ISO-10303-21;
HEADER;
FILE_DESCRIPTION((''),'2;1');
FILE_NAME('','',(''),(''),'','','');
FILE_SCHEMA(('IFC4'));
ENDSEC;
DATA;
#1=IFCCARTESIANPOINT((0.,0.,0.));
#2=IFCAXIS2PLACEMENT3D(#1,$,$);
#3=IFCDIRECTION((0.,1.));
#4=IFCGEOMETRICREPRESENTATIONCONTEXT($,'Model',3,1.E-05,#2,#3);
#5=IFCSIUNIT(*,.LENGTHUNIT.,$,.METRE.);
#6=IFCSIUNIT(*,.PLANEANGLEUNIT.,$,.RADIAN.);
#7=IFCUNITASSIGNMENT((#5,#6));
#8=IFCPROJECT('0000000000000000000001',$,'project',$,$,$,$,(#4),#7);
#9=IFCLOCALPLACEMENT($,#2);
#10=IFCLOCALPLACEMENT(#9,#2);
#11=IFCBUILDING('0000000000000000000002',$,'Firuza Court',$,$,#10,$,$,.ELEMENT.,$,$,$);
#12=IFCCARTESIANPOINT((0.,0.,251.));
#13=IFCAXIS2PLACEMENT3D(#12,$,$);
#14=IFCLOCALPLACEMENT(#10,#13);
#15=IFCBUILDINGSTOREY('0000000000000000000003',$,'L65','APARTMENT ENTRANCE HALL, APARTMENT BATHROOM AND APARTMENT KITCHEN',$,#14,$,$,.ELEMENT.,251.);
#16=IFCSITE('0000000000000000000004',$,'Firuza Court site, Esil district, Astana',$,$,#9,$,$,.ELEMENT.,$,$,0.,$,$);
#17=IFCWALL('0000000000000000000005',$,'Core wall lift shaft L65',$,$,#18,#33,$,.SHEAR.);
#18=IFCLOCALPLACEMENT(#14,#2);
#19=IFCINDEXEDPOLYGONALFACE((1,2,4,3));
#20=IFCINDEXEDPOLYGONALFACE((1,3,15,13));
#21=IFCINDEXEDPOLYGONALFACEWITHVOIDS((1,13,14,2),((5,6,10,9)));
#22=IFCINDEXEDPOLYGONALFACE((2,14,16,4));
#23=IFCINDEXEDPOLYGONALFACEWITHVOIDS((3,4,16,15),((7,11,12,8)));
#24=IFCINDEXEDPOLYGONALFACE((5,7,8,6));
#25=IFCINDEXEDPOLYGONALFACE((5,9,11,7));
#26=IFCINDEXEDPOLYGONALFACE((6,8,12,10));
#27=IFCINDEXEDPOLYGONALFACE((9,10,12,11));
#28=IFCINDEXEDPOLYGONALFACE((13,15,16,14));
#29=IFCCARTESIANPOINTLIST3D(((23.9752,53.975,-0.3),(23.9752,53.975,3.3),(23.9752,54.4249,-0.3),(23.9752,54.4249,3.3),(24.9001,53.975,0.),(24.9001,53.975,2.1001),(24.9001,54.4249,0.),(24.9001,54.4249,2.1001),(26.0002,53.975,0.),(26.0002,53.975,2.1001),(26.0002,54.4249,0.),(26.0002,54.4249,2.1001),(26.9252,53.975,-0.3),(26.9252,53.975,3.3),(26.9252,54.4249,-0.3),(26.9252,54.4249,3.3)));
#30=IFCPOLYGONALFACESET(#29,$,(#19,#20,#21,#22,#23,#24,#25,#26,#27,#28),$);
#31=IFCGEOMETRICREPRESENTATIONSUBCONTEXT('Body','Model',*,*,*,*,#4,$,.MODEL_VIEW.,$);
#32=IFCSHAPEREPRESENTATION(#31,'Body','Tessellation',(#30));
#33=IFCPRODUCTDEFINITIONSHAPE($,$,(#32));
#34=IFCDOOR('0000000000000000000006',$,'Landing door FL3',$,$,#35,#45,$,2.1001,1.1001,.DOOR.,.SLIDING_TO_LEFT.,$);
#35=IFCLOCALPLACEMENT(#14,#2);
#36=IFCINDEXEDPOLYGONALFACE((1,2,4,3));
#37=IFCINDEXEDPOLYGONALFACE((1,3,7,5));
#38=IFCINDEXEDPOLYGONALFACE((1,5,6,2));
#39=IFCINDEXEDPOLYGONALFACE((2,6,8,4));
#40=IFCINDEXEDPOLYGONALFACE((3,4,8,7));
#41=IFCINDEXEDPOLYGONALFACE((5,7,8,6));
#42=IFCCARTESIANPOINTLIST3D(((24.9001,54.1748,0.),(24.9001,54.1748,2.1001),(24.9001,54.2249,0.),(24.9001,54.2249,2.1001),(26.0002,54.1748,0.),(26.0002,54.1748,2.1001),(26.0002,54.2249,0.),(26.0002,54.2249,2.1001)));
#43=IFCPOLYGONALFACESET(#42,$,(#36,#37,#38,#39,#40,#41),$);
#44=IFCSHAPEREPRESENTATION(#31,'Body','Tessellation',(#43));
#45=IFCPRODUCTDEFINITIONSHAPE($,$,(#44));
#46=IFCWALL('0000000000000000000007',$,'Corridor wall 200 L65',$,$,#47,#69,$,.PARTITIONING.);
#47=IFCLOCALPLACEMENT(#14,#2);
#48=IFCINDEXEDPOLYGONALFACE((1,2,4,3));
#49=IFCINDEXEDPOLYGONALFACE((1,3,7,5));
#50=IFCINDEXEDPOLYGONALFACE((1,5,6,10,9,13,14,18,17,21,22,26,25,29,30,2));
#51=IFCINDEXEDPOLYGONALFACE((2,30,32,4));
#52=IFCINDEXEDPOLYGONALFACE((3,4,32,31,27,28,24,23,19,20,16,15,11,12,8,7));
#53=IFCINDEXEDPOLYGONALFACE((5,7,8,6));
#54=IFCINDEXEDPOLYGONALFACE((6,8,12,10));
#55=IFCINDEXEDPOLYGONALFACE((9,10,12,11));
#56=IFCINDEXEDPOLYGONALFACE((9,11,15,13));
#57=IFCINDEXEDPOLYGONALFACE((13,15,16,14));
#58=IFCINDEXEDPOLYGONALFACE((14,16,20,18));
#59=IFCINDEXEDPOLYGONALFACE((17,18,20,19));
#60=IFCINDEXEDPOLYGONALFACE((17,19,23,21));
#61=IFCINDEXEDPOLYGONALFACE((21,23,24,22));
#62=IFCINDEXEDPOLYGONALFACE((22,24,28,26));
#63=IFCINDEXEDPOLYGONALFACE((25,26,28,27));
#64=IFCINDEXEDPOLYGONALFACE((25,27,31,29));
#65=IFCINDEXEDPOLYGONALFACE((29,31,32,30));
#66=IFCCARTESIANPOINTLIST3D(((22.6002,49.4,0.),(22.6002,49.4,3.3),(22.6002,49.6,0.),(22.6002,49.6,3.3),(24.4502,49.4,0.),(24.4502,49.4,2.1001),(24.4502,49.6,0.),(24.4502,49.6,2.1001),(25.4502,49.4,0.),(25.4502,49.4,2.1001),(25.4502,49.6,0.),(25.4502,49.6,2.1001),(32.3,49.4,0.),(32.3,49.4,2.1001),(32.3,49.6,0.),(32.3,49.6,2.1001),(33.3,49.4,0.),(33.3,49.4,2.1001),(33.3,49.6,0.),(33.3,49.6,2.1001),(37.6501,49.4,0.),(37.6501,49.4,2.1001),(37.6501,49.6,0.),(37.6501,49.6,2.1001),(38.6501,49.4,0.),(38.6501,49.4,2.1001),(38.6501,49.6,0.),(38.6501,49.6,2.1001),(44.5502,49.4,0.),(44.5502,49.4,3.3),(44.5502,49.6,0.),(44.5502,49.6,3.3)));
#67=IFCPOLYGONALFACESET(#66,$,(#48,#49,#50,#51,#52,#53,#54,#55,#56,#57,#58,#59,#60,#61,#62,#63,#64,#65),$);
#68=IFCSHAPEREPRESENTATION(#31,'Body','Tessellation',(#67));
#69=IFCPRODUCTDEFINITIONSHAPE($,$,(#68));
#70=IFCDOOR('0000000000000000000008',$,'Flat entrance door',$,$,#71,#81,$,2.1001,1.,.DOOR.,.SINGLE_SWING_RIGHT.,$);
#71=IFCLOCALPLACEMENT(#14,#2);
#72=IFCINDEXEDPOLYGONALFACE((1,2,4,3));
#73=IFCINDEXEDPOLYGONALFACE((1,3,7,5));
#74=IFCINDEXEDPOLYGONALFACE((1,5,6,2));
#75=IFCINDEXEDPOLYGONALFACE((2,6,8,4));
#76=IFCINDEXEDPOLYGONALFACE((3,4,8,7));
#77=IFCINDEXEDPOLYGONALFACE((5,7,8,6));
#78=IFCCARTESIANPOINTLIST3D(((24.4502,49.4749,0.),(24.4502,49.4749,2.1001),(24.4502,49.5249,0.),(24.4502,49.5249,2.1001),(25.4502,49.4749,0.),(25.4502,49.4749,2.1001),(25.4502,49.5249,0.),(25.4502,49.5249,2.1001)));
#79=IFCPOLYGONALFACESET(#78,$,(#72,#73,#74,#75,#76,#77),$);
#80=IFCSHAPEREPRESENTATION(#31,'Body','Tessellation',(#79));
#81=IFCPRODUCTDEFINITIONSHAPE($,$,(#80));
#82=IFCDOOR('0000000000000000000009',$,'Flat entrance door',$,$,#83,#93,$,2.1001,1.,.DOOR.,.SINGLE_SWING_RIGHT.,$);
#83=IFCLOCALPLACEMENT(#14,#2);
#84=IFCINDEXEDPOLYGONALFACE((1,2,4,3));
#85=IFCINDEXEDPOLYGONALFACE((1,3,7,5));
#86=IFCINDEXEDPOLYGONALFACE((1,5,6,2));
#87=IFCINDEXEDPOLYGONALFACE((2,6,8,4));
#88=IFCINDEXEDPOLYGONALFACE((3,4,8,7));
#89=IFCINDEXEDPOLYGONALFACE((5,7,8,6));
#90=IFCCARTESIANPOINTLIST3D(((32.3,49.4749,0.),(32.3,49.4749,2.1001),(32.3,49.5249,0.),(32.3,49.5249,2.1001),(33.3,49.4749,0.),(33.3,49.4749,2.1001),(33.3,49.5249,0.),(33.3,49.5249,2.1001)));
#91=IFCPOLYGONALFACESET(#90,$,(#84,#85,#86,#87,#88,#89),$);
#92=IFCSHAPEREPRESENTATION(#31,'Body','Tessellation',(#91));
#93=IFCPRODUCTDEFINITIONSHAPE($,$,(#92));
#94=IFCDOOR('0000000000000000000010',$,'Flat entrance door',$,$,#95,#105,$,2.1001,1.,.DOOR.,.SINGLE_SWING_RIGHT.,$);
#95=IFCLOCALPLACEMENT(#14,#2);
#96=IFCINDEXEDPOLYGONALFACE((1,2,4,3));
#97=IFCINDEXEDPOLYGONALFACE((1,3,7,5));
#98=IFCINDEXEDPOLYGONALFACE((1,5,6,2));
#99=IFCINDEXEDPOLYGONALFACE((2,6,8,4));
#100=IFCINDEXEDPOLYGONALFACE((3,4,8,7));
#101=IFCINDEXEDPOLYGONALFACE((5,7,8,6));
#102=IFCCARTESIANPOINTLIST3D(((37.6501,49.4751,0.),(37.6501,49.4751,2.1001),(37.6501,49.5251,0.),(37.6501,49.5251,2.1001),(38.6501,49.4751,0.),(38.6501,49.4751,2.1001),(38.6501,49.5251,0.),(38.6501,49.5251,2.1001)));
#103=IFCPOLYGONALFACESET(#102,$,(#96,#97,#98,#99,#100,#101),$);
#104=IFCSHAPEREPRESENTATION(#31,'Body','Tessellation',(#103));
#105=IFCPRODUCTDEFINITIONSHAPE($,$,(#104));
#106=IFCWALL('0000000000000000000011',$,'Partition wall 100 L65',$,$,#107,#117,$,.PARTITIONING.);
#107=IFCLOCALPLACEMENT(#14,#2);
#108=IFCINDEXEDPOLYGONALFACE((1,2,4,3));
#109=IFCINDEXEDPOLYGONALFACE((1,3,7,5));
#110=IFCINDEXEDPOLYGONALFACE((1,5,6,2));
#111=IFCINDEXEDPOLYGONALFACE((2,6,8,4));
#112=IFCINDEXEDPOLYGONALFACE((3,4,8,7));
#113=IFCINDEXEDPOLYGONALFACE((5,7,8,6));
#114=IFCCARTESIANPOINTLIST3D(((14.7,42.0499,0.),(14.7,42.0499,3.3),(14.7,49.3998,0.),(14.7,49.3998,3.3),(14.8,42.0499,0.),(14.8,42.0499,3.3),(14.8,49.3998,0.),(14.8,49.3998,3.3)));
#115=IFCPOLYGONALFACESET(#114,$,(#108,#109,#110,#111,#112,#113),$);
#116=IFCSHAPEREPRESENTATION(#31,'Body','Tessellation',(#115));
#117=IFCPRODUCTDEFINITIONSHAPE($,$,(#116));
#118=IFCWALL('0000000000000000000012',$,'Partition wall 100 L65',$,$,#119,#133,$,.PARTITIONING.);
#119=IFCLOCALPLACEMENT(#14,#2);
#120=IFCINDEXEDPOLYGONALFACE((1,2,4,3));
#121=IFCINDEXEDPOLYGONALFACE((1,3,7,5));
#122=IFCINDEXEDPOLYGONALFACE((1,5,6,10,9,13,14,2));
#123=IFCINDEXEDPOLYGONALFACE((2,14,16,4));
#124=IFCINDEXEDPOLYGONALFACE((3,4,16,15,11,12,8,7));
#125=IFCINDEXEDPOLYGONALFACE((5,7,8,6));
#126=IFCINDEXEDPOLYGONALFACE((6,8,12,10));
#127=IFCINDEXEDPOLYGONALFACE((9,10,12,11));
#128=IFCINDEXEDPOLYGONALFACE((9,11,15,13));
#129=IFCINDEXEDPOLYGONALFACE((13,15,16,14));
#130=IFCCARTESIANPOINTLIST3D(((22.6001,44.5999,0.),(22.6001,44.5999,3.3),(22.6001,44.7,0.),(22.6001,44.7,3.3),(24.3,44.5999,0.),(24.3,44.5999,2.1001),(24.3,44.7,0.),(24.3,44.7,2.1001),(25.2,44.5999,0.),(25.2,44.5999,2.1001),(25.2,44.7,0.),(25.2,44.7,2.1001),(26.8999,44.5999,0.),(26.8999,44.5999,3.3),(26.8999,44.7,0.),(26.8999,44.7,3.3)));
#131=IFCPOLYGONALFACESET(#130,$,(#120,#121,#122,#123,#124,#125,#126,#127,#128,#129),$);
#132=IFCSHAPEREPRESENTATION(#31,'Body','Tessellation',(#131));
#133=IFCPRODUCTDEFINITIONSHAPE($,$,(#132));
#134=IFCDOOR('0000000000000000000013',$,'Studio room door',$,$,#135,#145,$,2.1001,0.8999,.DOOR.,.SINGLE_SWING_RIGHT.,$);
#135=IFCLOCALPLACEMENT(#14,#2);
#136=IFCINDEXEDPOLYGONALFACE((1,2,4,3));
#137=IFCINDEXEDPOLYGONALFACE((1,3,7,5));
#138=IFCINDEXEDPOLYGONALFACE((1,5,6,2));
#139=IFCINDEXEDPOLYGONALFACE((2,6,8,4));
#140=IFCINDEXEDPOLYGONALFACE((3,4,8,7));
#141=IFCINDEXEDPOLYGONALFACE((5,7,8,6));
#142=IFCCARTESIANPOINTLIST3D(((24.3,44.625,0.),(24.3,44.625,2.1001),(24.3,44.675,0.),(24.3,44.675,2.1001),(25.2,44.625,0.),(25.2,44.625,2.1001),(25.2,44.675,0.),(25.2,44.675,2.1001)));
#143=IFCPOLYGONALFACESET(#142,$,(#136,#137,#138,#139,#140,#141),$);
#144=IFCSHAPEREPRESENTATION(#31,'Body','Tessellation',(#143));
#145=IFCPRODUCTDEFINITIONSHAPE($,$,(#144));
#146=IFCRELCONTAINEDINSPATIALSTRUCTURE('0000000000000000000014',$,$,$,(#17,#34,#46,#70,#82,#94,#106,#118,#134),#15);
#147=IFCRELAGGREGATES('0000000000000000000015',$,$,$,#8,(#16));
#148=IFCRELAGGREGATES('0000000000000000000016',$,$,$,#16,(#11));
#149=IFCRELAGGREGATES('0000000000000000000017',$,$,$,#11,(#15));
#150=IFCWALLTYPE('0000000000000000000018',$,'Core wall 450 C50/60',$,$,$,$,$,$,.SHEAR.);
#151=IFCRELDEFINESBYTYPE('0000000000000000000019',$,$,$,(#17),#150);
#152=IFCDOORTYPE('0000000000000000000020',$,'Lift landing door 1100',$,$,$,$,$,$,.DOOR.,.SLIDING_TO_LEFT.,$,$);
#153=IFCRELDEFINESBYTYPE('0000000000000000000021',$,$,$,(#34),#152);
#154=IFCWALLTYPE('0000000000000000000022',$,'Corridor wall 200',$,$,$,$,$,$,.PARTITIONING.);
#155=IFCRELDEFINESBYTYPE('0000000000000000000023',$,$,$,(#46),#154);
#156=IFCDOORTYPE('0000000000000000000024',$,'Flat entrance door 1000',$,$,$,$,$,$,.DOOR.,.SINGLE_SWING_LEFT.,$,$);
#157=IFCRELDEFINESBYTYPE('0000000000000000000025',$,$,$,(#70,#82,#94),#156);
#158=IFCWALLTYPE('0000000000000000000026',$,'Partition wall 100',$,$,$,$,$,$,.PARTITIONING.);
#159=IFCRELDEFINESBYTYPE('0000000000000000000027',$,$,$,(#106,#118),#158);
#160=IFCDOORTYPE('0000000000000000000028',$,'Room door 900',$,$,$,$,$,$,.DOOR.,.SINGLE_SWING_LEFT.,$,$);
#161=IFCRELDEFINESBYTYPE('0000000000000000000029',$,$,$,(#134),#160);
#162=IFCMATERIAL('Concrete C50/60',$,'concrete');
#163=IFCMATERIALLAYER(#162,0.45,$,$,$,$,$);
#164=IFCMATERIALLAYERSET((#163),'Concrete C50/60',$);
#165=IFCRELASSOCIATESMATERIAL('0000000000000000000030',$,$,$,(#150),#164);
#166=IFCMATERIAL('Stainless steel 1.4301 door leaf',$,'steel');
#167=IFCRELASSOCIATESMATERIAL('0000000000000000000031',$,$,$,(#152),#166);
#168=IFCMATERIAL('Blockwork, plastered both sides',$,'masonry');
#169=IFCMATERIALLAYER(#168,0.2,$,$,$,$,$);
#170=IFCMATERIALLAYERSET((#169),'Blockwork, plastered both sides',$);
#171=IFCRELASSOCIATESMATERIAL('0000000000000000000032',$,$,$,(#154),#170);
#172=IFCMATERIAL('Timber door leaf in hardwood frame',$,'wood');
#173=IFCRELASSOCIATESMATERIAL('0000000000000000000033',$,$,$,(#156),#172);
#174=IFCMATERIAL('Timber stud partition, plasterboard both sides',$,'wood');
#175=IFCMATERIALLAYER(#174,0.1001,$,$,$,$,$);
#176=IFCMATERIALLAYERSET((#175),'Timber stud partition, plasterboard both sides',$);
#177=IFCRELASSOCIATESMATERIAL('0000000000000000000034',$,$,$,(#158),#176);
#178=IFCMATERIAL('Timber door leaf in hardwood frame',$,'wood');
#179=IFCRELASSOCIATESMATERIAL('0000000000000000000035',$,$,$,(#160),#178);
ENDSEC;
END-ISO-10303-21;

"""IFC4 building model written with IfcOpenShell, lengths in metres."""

from ifc_helpers import new_model, si_unit, direction, frame, frame_2d, origin, place, context, subcontext, project, spatial, rectangle, extrude, material, layer, layer_set, type_object, element, fill, save


model = new_model("IFC4")

# Units and contexts
model_context = context("Model", 3, precision=1e-05, world=origin(), true_north=direction((0.0, 1.0)))
body_context = subcontext(model_context, "Body", "Model", "MODEL_VIEW")
ifc_project = project(units=[si_unit("LENGTHUNIT", "METRE"), si_unit("PLANEANGLEUNIT", "RADIAN")], contexts=[model_context])

# Site, building, storey
site_placement = place(None, origin())
site = spatial("IfcSite", under=ifc_project, at=site_placement, Name="Firuza Court site, Esil district, Astana", CompositionType="ELEMENT", RefElevation=0.0)
building_placement = place(site_placement, origin())
building = spatial("IfcBuilding", under=site, at=building_placement, Name="Firuza Court", CompositionType="ELEMENT")
storey_placement = place(building_placement, frame((0.0, 0.0, 251.0)))
storey = spatial("IfcBuildingStorey", under=building, at=storey_placement, Name="L65", Description="APARTMENT ENTRANCE HALL, APARTMENT BATHROOM AND APARTMENT KITCHEN", CompositionType="ELEMENT", Elevation=251.0)

# Wall, opening, door
ifc_material_1 = material(Name="Concrete C50/60", Category="concrete")
ifc_layer_1 = layer(ifc_material_1, 0.45)
ifc_layer_set_1 = layer_set([ifc_layer_1], Name="Concrete C50/60")
wall_type_1 = type_object("IfcWallType", Name="Core wall 450 C50/60", PredefinedType="SHEAR", material=ifc_layer_set_1)
wall_1_placement = place(storey_placement, frame((23.9751, 54.2, -0.3), z_axis=(0.0, 0.0, 1.0), x_axis=(1.0, 0.0, 0.0)))
wall_1 = element("IfcWall", 1, at=wall_1_placement, inside=storey, type_object=wall_type_1, Name="Core wall lift shaft L65", PredefinedType="SHEAR", context=body_context, shape_type="SweptSolid", body=[
    extrude(rectangle(XDim=2.95, YDim=0.45, at=frame_2d((1.4751, 0.0))), origin(), (0.0, 0.0, 1.0), 3.6001),
])
opening_1_placement = place(wall_1_placement, frame((0.925, 0.0, 0.3)))
opening_1 = element("IfcOpeningElement", 2, at=opening_1_placement, cuts=wall_1, PredefinedType="OPENING", context=body_context, shape_type="SweptSolid", body=[
    extrude(rectangle(XDim=1.1001, YDim=2.1001, at=frame_2d((0.55, 1.05))), frame((0.0, 0.2368, 0.0), z_axis=(0.0, -1.0, 0.0), x_axis=(1.0, 0.0, 0.0)), (0.0, 0.0, 1.0), 0.4739),
])
ifc_material_2 = material(Name="Stainless steel 1.4301 door leaf", Category="steel")
door_type_1 = type_object("IfcDoorType", Name="Lift landing door 1100", OperationType="SLIDING_TO_LEFT", PredefinedType="DOOR", material=ifc_material_2)
door_1_placement = place(opening_1_placement, origin())
door_1 = element("IfcDoor", 3, at=door_1_placement, inside=storey, type_object=door_type_1, Name="Landing door FL3", OperationType="SLIDING_TO_LEFT", OverallHeight=2.1001, OverallWidth=1.1001, PredefinedType="DOOR", context=body_context, shape_type="SweptSolid", body=[
    extrude(rectangle(XDim=1.1001, YDim=2.1001, at=frame_2d((0.55, 1.05))), frame((0.0, 0.0249, 0.0), z_axis=(0.0, -1.0, 0.0), x_axis=(1.0, 0.0, 0.0)), (0.0, 0.0, 1.0), 0.05),
])
fill(opening_1, door_1)

# Wall, openings, doors
ifc_material_3 = material(Name="Blockwork, plastered both sides", Category="masonry")
ifc_layer_2 = layer(ifc_material_3, 0.2)
ifc_layer_set_2 = layer_set([ifc_layer_2], Name="Blockwork, plastered both sides")
wall_type_2 = type_object("IfcWallType", Name="Corridor wall 200", PredefinedType="PARTITIONING", material=ifc_layer_set_2)
wall_2_placement = place(storey_placement, frame((22.6001, 49.5, 0.0), z_axis=(0.0, 0.0, 1.0), x_axis=(1.0, 0.0, 0.0)))
wall_2 = element("IfcWall", 4, at=wall_2_placement, inside=storey, type_object=wall_type_2, Name="Corridor wall 200 L65", PredefinedType="PARTITIONING", context=body_context, shape_type="SweptSolid", body=[
    extrude(rectangle(XDim=21.95, YDim=0.2, at=frame_2d((10.9751, 0.0))), origin(), (0.0, 0.0, 1.0), 3.3),
])
opening_2_placement = place(wall_2_placement, frame((1.8501, 0.0, 0.0)))
opening_2 = element("IfcOpeningElement", 5, at=opening_2_placement, cuts=wall_2, PredefinedType="OPENING", context=body_context, shape_type="SweptSolid", body=[
    extrude(rectangle(XDim=1.0, YDim=2.1001, at=frame_2d((0.5, 1.05))), frame((0.0, 0.1118, 0.0), z_axis=(0.0, -1.0, 0.0), x_axis=(1.0, 0.0, 0.0)), (0.0, 0.0, 1.0), 0.2239),
])
opening_3_placement = place(wall_2_placement, frame((9.7, 0.0, 0.0)))
opening_3 = element("IfcOpeningElement", 6, at=opening_3_placement, cuts=wall_2, PredefinedType="OPENING", context=body_context, shape_type="SweptSolid", body=[
    extrude(rectangle(XDim=1.0, YDim=2.1001, at=frame_2d((0.5, 1.05))), frame((0.0, 0.1118, 0.0), z_axis=(0.0, -1.0, 0.0), x_axis=(1.0, 0.0, 0.0)), (0.0, 0.0, 1.0), 0.2239),
])
opening_4_placement = place(wall_2_placement, frame((15.05, 0.0, 0.0)))
opening_4 = element("IfcOpeningElement", 7, at=opening_4_placement, cuts=wall_2, PredefinedType="OPENING", context=body_context, shape_type="SweptSolid", body=[
    extrude(rectangle(XDim=1.0, YDim=2.1001, at=frame_2d((0.5, 1.05))), frame((0.0, 0.1118, 0.0), z_axis=(0.0, -1.0, 0.0), x_axis=(1.0, 0.0, 0.0)), (0.0, 0.0, 1.0), 0.2239),
])
ifc_material_4 = material(Name="Timber door leaf in hardwood frame", Category="wood")
door_type_2 = type_object("IfcDoorType", Name="Flat entrance door 1000", OperationType="SINGLE_SWING_LEFT", PredefinedType="DOOR", material=ifc_material_4)
door_2_placement = place(opening_2_placement, origin())
door_2 = element("IfcDoor", 8, at=door_2_placement, inside=storey, type_object=door_type_2, Name="Flat entrance door", OperationType="SINGLE_SWING_RIGHT", OverallHeight=2.1001, OverallWidth=1.0, PredefinedType="DOOR", context=body_context, shape_type="SweptSolid", body=[
    extrude(rectangle(XDim=1.0, YDim=2.1001, at=frame_2d((0.5, 1.05))), frame((0.0, 0.0249, 0.0), z_axis=(0.0, -1.0, 0.0), x_axis=(1.0, 0.0, 0.0)), (0.0, 0.0, 1.0), 0.05),
])
fill(opening_2, door_2)
door_3_placement = place(opening_3_placement, origin())
door_3 = element("IfcDoor", 9, at=door_3_placement, inside=storey, type_object=door_type_2, Name="Flat entrance door", OperationType="SINGLE_SWING_RIGHT", OverallHeight=2.1001, OverallWidth=1.0, PredefinedType="DOOR", context=body_context, shape_type="SweptSolid", body=[
    extrude(rectangle(XDim=1.0, YDim=2.1001, at=frame_2d((0.5, 1.05))), frame((0.0, 0.0249, 0.0), z_axis=(0.0, -1.0, 0.0), x_axis=(1.0, 0.0, 0.0)), (0.0, 0.0, 1.0), 0.05),
])
fill(opening_3, door_3)
door_4_placement = place(opening_4_placement, frame((1.0, 0.0, 0.0), z_axis=(0.0, 0.0, 1.0), x_axis=(-1.0, 0.0, 0.0)))
door_4 = element("IfcDoor", 10, at=door_4_placement, inside=storey, type_object=door_type_2, Name="Flat entrance door", OperationType="SINGLE_SWING_RIGHT", OverallHeight=2.1001, OverallWidth=1.0, PredefinedType="DOOR", context=body_context, shape_type="SweptSolid", body=[
    extrude(rectangle(XDim=1.0, YDim=2.1001, at=frame_2d((0.5, 1.05))), frame((0.0, 0.0249, 0.0), z_axis=(0.0, -1.0, 0.0), x_axis=(1.0, 0.0, 0.0)), (0.0, 0.0, 1.0), 0.05),
])
fill(opening_4, door_4)

# Wall
ifc_material_5 = material(Name="Timber stud partition, plasterboard both sides", Category="wood")
ifc_layer_3 = layer(ifc_material_5, 0.1001)
ifc_layer_set_3 = layer_set([ifc_layer_3], Name="Timber stud partition, plasterboard both sides")
wall_type_3 = type_object("IfcWallType", Name="Partition wall 100", PredefinedType="PARTITIONING", material=ifc_layer_set_3)
wall_3_placement = place(storey_placement, frame((14.75, 42.05, 0.0), z_axis=(0.0, 0.0, 1.0), x_axis=(0.0, 1.0, 0.0)))
element("IfcWall", 11, at=wall_3_placement, inside=storey, type_object=wall_type_3, Name="Partition wall 100 L65", PredefinedType="PARTITIONING", context=body_context, shape_type="SweptSolid", body=[
    extrude(rectangle(XDim=7.3499, YDim=0.1001, at=frame_2d((3.6748, 0.0))), origin(), (0.0, 0.0, 1.0), 3.3),
])

# Wall, opening, door
wall_4_placement = place(storey_placement, frame((22.6001, 44.6499, 0.0), z_axis=(0.0, 0.0, 1.0), x_axis=(1.0, 0.0, 0.0)))
wall_4 = element("IfcWall", 12, at=wall_4_placement, inside=storey, type_object=wall_type_3, Name="Partition wall 100 L65", PredefinedType="PARTITIONING", context=body_context, shape_type="SweptSolid", body=[
    extrude(rectangle(XDim=4.2998, YDim=0.1001, at=frame_2d((2.1499, 0.0))), origin(), (0.0, 0.0, 1.0), 3.3),
])
opening_5_placement = place(wall_4_placement, frame((1.7, 0.0, 0.0)))
opening_5 = element("IfcOpeningElement", 13, at=opening_5_placement, cuts=wall_4, PredefinedType="OPENING", context=body_context, shape_type="SweptSolid", body=[
    extrude(rectangle(XDim=0.8999, YDim=2.1001, at=frame_2d((0.45, 1.05))), frame((0.0, 0.062, 0.0), z_axis=(0.0, -1.0, 0.0), x_axis=(1.0, 0.0, 0.0)), (0.0, 0.0, 1.0), 0.124),
])
ifc_material_6 = material(Name="Timber door leaf in hardwood frame", Category="wood")
door_type_3 = type_object("IfcDoorType", Name="Room door 900", OperationType="SINGLE_SWING_LEFT", PredefinedType="DOOR", material=ifc_material_6)
door_5_placement = place(opening_5_placement, frame((0.8999, 0.0, 0.0), z_axis=(0.0, 0.0, 1.0), x_axis=(-1.0, 0.0, 0.0)))
door_5 = element("IfcDoor", 14, at=door_5_placement, inside=storey, type_object=door_type_3, Name="Studio room door", OperationType="SINGLE_SWING_RIGHT", OverallHeight=2.1001, OverallWidth=0.8999, PredefinedType="DOOR", context=body_context, shape_type="SweptSolid", body=[
    extrude(rectangle(XDim=0.8999, YDim=2.1001, at=frame_2d((0.45, 1.05))), frame((0.0, 0.0249, 0.0), z_axis=(0.0, -1.0, 0.0), x_axis=(1.0, 0.0, 0.0)), (0.0, 0.0, 1.0), 0.05),
])
fill(opening_5, door_5)

save(model, "model.ifc")
